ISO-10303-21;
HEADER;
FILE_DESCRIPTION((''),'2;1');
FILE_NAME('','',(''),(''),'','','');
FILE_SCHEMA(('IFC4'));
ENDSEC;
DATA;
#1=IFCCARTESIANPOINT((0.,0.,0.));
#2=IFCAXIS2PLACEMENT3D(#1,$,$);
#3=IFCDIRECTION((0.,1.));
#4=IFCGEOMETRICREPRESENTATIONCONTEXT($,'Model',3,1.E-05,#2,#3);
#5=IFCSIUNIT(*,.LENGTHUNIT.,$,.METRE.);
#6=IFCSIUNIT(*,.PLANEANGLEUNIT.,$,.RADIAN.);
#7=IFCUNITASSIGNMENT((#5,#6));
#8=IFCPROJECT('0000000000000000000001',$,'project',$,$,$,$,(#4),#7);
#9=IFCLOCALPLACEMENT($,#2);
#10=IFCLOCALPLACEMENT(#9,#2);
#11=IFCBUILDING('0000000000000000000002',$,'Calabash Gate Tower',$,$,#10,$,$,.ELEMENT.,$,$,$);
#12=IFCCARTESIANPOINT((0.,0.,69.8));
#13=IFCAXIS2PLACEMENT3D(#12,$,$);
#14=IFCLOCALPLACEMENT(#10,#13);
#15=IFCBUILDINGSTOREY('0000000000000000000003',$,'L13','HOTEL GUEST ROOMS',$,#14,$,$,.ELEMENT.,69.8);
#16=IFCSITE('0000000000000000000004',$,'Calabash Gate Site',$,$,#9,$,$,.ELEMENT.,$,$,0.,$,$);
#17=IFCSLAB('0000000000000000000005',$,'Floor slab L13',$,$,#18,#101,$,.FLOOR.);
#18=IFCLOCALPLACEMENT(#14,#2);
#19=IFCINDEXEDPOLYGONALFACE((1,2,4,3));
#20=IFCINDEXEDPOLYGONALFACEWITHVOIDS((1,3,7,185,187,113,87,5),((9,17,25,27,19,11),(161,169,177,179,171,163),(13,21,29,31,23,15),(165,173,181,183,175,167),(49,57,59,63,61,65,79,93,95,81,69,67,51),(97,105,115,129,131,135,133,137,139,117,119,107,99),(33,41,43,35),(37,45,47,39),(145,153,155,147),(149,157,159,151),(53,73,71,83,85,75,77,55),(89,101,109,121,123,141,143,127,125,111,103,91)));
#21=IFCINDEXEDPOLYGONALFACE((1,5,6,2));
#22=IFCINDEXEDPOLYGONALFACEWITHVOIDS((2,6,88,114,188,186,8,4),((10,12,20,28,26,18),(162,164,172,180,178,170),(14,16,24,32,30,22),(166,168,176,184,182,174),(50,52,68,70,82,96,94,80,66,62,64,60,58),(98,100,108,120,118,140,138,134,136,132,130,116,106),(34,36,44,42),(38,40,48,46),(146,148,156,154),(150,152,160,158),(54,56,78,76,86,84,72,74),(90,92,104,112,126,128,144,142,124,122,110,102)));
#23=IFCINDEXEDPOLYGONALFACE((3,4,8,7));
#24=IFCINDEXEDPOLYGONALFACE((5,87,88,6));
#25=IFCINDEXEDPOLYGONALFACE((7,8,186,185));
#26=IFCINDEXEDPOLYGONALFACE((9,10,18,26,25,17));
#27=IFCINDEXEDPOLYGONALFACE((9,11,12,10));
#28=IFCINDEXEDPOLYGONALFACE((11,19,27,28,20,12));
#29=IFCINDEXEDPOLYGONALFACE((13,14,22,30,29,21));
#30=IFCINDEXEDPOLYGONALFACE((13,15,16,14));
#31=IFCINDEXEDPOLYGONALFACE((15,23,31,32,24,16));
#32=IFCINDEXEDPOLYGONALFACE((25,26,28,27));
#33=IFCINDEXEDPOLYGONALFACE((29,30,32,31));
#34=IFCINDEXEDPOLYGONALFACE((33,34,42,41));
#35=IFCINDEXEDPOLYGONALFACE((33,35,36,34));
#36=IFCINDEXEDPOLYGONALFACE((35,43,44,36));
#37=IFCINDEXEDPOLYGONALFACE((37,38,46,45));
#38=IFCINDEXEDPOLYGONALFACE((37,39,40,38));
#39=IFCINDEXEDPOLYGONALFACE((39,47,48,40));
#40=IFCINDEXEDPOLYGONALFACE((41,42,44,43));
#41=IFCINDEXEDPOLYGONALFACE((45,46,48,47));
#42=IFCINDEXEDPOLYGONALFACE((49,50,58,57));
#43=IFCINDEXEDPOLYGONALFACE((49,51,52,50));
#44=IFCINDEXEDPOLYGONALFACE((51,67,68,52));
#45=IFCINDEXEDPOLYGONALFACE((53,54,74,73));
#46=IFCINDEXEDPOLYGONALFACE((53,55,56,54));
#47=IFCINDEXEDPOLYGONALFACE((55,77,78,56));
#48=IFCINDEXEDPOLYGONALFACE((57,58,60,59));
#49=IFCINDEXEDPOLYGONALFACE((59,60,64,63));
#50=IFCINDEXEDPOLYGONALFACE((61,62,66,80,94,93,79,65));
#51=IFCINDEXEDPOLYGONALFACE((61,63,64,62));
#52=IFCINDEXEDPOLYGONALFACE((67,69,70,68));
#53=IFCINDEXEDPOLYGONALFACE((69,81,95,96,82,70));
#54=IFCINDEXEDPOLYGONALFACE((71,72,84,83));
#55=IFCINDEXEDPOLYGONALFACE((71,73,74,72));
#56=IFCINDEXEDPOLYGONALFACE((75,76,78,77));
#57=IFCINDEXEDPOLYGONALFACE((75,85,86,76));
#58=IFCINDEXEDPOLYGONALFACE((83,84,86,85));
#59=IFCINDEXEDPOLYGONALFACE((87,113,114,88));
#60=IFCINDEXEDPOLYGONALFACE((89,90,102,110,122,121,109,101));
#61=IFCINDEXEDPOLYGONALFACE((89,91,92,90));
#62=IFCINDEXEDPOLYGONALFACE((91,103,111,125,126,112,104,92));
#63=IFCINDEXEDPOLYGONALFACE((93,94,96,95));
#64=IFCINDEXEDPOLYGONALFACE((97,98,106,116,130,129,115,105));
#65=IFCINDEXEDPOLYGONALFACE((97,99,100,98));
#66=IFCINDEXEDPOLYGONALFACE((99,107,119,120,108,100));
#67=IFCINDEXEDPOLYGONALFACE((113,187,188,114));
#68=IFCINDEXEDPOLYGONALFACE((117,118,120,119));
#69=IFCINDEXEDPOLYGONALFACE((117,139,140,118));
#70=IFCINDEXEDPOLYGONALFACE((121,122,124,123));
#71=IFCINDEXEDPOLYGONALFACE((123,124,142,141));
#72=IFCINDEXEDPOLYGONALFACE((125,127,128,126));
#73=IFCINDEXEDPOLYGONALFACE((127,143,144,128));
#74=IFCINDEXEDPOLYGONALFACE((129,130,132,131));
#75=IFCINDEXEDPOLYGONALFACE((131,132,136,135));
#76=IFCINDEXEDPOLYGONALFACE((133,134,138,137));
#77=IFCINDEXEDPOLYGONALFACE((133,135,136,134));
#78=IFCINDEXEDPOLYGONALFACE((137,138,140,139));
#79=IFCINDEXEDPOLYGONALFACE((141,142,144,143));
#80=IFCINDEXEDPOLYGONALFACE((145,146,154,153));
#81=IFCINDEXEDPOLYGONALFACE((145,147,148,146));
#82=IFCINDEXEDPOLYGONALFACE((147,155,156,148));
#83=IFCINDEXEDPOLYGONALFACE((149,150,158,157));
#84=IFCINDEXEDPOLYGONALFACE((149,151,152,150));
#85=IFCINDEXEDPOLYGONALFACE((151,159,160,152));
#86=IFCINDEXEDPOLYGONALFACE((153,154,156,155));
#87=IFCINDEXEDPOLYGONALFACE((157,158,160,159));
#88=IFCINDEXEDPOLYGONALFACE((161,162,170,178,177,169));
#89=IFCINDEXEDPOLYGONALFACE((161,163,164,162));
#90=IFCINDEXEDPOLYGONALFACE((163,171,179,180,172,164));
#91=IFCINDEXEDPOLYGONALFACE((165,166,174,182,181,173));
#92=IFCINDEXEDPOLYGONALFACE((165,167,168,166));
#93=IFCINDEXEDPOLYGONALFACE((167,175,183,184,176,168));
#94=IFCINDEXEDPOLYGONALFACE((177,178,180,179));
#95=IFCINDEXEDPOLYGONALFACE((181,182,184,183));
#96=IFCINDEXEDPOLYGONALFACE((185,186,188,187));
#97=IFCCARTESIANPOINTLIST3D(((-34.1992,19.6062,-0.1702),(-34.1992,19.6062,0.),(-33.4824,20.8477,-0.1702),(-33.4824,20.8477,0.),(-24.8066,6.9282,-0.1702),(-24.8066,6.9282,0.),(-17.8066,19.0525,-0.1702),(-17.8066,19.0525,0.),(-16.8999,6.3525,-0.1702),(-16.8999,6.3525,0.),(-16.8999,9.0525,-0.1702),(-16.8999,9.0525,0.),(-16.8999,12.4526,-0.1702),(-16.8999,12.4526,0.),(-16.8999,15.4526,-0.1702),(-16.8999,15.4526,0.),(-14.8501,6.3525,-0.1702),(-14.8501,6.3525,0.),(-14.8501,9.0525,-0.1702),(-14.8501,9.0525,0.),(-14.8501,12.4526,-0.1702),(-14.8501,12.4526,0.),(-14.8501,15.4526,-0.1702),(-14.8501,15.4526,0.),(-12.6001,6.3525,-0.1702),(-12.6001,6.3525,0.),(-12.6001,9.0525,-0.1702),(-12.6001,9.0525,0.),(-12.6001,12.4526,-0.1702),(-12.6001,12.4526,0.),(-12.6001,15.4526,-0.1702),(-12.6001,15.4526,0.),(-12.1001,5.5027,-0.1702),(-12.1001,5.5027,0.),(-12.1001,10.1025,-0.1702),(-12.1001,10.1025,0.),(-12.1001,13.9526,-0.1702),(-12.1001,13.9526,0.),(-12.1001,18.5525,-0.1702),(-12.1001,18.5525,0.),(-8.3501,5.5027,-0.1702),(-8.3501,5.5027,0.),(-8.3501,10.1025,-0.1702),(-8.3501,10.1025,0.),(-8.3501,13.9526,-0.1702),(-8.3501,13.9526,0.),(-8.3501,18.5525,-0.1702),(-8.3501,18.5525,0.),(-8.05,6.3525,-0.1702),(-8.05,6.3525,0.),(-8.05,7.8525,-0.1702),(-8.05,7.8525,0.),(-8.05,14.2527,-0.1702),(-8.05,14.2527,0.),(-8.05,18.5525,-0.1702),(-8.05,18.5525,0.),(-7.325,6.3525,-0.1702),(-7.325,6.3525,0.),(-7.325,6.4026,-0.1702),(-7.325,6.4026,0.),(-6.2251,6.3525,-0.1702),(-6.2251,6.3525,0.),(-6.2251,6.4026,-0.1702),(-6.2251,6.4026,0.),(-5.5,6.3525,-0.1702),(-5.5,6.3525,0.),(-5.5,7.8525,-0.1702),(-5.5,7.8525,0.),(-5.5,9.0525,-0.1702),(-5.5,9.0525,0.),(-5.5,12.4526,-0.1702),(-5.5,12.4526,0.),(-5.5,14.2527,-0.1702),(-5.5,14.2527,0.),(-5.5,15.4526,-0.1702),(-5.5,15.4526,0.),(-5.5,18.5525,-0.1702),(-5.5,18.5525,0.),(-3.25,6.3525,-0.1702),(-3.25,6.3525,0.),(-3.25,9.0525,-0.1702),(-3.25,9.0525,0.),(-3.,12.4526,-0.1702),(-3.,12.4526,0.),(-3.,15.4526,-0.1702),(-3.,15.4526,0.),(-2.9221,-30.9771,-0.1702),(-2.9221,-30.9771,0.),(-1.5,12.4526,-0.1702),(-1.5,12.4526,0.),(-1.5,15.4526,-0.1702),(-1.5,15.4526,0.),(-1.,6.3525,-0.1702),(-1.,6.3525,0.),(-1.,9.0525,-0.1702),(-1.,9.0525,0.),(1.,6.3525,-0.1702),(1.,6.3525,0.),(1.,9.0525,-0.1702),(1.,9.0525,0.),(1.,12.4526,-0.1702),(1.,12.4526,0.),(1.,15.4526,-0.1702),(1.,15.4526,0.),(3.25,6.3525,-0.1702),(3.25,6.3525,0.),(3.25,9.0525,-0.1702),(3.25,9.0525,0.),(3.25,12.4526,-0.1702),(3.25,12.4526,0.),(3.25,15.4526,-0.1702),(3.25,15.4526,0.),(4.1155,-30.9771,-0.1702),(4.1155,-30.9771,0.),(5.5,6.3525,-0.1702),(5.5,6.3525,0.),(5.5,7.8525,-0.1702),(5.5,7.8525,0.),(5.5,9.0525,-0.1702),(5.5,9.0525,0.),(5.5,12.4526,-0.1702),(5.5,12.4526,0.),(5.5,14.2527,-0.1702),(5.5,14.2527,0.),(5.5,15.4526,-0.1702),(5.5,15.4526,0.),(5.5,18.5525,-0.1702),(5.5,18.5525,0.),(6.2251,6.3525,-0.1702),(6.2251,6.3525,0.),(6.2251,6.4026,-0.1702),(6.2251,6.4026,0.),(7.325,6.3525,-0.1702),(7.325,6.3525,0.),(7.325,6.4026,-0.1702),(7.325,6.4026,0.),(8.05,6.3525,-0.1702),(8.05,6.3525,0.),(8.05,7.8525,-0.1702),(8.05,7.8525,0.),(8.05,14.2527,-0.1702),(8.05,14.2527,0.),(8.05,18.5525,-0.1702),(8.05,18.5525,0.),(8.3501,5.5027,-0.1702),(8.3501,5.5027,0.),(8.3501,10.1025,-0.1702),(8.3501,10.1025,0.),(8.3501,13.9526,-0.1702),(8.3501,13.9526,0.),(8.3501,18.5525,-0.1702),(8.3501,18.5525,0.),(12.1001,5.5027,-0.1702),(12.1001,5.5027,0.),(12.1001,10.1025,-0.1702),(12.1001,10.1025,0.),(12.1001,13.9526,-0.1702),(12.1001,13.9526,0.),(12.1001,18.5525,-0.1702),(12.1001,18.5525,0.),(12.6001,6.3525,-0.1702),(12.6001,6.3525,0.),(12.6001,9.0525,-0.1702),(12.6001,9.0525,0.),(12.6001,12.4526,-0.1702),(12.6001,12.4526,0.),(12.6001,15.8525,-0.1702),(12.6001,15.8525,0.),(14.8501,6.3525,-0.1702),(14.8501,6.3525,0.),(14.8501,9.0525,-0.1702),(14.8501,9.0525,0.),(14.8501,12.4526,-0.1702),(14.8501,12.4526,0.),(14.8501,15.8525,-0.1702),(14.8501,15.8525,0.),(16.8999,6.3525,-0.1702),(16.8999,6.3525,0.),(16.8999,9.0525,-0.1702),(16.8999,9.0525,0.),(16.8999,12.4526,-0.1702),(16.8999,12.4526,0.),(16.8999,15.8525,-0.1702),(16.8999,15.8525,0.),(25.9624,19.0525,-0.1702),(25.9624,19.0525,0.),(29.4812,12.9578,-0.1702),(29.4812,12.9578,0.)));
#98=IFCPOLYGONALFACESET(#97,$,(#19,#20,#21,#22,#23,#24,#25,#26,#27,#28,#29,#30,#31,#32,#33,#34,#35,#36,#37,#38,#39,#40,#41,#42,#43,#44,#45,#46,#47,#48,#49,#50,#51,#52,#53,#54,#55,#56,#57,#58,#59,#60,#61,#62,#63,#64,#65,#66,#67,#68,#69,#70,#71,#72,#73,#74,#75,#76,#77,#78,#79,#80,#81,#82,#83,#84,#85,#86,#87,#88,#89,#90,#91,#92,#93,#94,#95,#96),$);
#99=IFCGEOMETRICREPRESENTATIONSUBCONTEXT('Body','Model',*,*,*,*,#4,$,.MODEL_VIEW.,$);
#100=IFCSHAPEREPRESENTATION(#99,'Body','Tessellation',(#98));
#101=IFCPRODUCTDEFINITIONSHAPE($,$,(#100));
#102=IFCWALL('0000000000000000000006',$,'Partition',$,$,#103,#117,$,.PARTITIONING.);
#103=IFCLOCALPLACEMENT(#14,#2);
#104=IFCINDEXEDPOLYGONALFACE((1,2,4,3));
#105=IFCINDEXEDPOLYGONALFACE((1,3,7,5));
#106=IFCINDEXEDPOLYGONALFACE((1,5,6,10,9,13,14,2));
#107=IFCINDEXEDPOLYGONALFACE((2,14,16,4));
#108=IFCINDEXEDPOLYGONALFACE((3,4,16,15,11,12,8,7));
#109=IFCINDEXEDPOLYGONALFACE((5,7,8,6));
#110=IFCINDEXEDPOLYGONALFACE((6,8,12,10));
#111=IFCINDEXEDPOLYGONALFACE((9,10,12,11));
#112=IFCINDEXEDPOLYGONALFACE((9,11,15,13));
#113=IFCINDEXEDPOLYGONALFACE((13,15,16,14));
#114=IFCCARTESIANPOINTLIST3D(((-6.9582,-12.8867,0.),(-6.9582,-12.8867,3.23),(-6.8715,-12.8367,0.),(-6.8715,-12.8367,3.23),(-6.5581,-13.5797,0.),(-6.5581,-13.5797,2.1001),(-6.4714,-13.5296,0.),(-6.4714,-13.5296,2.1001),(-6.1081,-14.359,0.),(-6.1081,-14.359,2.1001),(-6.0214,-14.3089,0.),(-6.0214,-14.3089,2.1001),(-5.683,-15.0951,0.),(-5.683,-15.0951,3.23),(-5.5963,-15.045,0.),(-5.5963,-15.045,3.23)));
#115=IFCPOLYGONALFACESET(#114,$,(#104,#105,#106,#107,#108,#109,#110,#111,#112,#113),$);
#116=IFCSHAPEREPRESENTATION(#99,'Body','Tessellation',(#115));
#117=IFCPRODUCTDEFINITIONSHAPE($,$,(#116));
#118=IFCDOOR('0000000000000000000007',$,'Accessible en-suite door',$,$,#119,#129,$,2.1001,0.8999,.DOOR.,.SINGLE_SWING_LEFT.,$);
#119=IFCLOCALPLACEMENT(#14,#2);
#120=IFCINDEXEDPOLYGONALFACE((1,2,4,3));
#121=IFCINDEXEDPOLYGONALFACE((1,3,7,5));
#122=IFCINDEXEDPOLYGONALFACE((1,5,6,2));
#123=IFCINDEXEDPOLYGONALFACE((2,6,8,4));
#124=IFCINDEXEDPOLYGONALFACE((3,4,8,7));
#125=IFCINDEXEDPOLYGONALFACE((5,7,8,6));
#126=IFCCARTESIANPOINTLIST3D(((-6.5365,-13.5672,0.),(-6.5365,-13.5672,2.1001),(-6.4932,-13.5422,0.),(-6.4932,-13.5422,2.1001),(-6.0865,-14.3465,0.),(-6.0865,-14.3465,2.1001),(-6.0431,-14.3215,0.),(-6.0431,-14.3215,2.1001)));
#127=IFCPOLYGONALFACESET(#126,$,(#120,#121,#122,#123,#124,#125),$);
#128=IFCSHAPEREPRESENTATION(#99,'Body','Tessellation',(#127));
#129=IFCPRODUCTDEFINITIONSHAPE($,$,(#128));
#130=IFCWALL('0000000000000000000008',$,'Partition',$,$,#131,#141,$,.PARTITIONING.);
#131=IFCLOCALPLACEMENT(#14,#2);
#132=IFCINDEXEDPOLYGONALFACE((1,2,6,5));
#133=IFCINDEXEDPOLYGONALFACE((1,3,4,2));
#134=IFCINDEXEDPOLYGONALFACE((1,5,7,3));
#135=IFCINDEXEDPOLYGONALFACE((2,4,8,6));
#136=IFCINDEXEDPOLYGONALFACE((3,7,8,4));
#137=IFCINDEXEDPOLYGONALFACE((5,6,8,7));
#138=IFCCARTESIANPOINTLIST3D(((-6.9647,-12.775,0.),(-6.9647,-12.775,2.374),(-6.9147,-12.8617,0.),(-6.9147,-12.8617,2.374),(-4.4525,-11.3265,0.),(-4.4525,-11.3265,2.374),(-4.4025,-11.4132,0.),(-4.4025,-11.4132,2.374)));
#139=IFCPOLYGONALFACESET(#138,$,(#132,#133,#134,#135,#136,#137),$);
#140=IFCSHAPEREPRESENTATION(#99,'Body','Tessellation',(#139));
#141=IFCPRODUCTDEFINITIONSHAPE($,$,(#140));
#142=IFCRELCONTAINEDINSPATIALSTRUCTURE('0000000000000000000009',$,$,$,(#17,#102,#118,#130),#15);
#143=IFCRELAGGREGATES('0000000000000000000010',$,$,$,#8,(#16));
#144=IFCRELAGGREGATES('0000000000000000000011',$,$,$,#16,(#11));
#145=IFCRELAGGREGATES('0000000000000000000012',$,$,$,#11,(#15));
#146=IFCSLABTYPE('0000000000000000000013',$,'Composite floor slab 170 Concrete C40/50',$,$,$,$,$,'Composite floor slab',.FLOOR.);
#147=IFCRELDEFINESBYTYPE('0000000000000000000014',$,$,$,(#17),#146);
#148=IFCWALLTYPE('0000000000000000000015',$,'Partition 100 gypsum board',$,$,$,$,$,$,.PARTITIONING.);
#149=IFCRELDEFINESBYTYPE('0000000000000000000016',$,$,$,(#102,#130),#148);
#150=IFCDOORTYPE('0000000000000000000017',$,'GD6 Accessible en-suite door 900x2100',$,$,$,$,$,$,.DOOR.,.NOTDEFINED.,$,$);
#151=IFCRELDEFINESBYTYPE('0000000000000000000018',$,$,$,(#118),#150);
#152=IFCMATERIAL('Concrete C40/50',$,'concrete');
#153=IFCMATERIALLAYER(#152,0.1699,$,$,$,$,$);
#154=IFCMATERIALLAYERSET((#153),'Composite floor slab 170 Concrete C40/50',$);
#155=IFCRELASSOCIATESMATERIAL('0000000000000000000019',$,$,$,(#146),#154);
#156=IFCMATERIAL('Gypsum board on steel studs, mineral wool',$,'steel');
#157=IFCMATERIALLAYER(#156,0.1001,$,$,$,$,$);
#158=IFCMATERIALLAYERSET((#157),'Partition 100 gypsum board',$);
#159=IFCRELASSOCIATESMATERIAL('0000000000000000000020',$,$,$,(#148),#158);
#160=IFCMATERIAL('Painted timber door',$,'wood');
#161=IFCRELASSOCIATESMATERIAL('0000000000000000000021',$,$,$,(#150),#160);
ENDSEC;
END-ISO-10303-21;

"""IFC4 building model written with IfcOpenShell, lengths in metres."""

from ifc_helpers import new_model, si_unit, direction, frame, frame_2d, origin, place, context, subcontext, project, spatial, polyline, rectangle, outline, extrude, material, layer, layer_set, type_object, element, fill, save


model = new_model("IFC4")

# Units and contexts
model_context = context("Model", 3, precision=1e-05, world=origin(), true_north=direction((0.0, 1.0)))
body_context = subcontext(model_context, "Body", "Model", "MODEL_VIEW")
ifc_project = project(units=[si_unit("LENGTHUNIT", "METRE"), si_unit("PLANEANGLEUNIT", "RADIAN")], contexts=[model_context])

# Site, building, storey
site_placement = place(None, origin())
site = spatial("IfcSite", under=ifc_project, at=site_placement, Name="Calabash Gate Site", CompositionType="ELEMENT", RefElevation=0.0)
building_placement = place(site_placement, origin())
building = spatial("IfcBuilding", under=site, at=building_placement, Name="Calabash Gate Tower", CompositionType="ELEMENT")
storey_placement = place(building_placement, frame((0.0, 0.0, 69.8)))
storey = spatial("IfcBuildingStorey", under=building, at=storey_placement, Name="L13", Description="HOTEL GUEST ROOMS", CompositionType="ELEMENT", Elevation=69.8)

# Slab
ifc_material_1 = material(Name="Concrete C40/50", Category="concrete")
ifc_layer_1 = layer(ifc_material_1, 0.1699)
ifc_layer_set_1 = layer_set([ifc_layer_1], Name="Composite floor slab 170 Concrete C40/50")
slab_type = type_object("IfcSlabType", Name="Composite floor slab 170 Concrete C40/50", ElementType="Composite floor slab", PredefinedType="FLOOR", material=ifc_layer_set_1)
slab_placement = place(storey_placement, frame((0.0, 0.0, -0.1702)))
element("IfcSlab", 1, at=slab_placement, inside=storey, type_object=slab_type, Name="Floor slab L13", PredefinedType="FLOOR", context=body_context, shape_type="SweptSolid", body=[
    extrude(outline(polyline([(-24.8066, 6.9282), (-34.1992, 19.6062), (-33.4824, 20.8477), (-17.8066, 19.0525), (25.9624, 19.0525), (29.4812, 12.9578), (4.1155, -30.9771), (-2.9221, -30.9771), (-24.8066, 6.9282)]), holes=[polyline([(-5.5, 9.0525), (-5.5, 7.8525), (-8.05, 7.8525), (-8.05, 6.3525), (-7.325, 6.3525), (-7.325, 6.4026), (-6.2251, 6.4026), (-6.2251, 6.3525), (-5.5, 6.3525), (-3.25, 6.3525), (-1.0, 6.3525), (-1.0, 9.0525), (-3.25, 9.0525), (-5.5, 9.0525)]), polyline([(5.5, 9.0525), (3.25, 9.0525), (1.0, 9.0525), (1.0, 6.3525), (3.25, 6.3525), (5.5, 6.3525), (6.2251, 6.3525), (6.2251, 6.4026), (7.325, 6.4026), (7.325, 6.3525), (8.05, 6.3525), (8.05, 7.8525), (5.5, 7.8525), (5.5, 9.0525)]), polyline([(-5.5, 14.2527), (-5.5, 12.4526), (-3.0, 12.4526), (-3.0, 15.4526), (-5.5, 15.4526), (-5.5, 18.5525), (-8.05, 18.5525), (-8.05, 14.2527), (-5.5, 14.2527)]), polyline([(8.05, 18.5525), (5.5, 18.5525), (5.5, 15.4526), (3.25, 15.4526), (1.0, 15.4526), (-1.5, 15.4526), (-1.5, 12.4526), (1.0, 12.4526), (3.25, 12.4526), (5.5, 12.4526), (5.5, 14.2527), (8.05, 14.2527), (8.05, 18.5525)]), polyline([(-12.6001, 6.3525), (-12.6001, 9.0525), (-14.8501, 9.0525), (-16.8999, 9.0525), (-16.8999, 6.3525), (-14.8501, 6.3525), (-12.6001, 6.3525)]), polyline([(-14.8501, 12.4526), (-12.6001, 12.4526), (-12.6001, 15.4526), (-14.8501, 15.4526), (-16.8999, 15.4526), (-16.8999, 12.4526), (-14.8501, 12.4526)]), polyline([(14.8501, 6.3525), (16.8999, 6.3525), (16.8999, 9.0525), (14.8501, 9.0525), (12.6001, 9.0525), (12.6001, 6.3525), (14.8501, 6.3525)]), polyline([(14.8501, 12.4526), (16.8999, 12.4526), (16.8999, 15.8525), (14.8501, 15.8525), (12.6001, 15.8525), (12.6001, 12.4526), (14.8501, 12.4526)]), polyline([(-8.3501, 18.5525), (-12.1001, 18.5525), (-12.1001, 13.9526), (-8.3501, 13.9526), (-8.3501, 18.5525)]), polyline([(-12.1001, 10.1025), (-12.1001, 5.5027), (-8.3501, 5.5027), (-8.3501, 10.1025), (-12.1001, 10.1025)]), polyline([(8.3501, 13.9526), (12.1001, 13.9526), (12.1001, 18.5525), (8.3501, 18.5525), (8.3501, 13.9526)]), polyline([(12.1001, 5.5027), (12.1001, 10.1025), (8.3501, 10.1025), (8.3501, 5.5027), (12.1001, 5.5027)])]), origin(), (0.0, 0.0, 1.0), 0.1702),
])

# Wall, opening, door
ifc_material_2 = material(Name="Gypsum board on steel studs, mineral wool", Category="steel")
ifc_layer_2 = layer(ifc_material_2, 0.1001)
ifc_layer_set_2 = layer_set([ifc_layer_2], Name="Partition 100 gypsum board")
wall_type_1 = type_object("IfcWallType", Name="Partition 100 gypsum board", PredefinedType="PARTITIONING", material=ifc_layer_set_2)
wall_1_placement = place(storey_placement, frame((-6.9148, -12.8618, 0.0), z_axis=(0.0, 0.0, 1.0), x_axis=(0.500062, -0.865989, 0.0)))
wall_1 = element("IfcWall", 2, at=wall_1_placement, inside=storey, type_object=wall_type_1, Name="Partition", PredefinedType="PARTITIONING", context=body_context, shape_type="SweptSolid", body=[
    extrude(rectangle(XDim=2.55, YDim=0.1001, at=frame_2d((1.2749, 0.0))), origin(), (0.0, 0.0, 1.0), 3.23),
])
opening_1_placement = place(wall_1_placement, frame((0.8, 0.0, 0.0)))
opening_1 = element("IfcOpeningElement", 3, at=opening_1_placement, cuts=wall_1, PredefinedType="OPENING", context=body_context, shape_type="SweptSolid", body=[
    extrude(rectangle(XDim=0.8999, YDim=2.1001, at=frame_2d((0.45, 1.05))), frame((0.0, 0.0601, 0.0), z_axis=(0.0, -1.0, 0.0), x_axis=(1.0, 0.0, 0.0)), (0.0, 0.0, 1.0), 0.1201),
])
ifc_material_3 = material(Name="Painted timber door", Category="wood")
door_type_1 = type_object("IfcDoorType", Name="GD6 Accessible en-suite door 900x2100", OperationType="NOTDEFINED", PredefinedType="DOOR", material=ifc_material_3)
door_1_placement = place(opening_1_placement, origin())
door_1 = element("IfcDoor", 4, at=door_1_placement, inside=storey, type_object=door_type_1, Name="Accessible en-suite door", OperationType="SINGLE_SWING_LEFT", OverallHeight=2.1001, OverallWidth=0.8999, PredefinedType="DOOR", context=body_context, shape_type="SweptSolid", body=[
    extrude(rectangle(XDim=0.8999, YDim=2.1001, at=frame_2d((0.45, 1.05))), frame((0.0, 0.0249, 0.0), z_axis=(0.0, -1.0, 0.0), x_axis=(1.0, 0.0, 0.0)), (0.0, 0.0, 1.0), 0.05),
])
fill(opening_1, door_1)

# Wall
wall_2_placement = place(storey_placement, frame((-6.9397, -12.8184, 0.0), z_axis=(0.0, 0.0, 1.0), x_axis=(0.866315, 0.499499, 0.0)))
element("IfcWall", 5, at=wall_2_placement, inside=storey, type_object=wall_type_1, Name="Partition", PredefinedType="PARTITIONING", context=body_context, shape_type="SweptSolid", body=[
    extrude(rectangle(XDim=2.8999, YDim=0.1001, at=frame_2d((1.45, 0.0))), origin(), (0.0, 0.0, 1.0), 2.374),
])

save(model, "model.ifc")
